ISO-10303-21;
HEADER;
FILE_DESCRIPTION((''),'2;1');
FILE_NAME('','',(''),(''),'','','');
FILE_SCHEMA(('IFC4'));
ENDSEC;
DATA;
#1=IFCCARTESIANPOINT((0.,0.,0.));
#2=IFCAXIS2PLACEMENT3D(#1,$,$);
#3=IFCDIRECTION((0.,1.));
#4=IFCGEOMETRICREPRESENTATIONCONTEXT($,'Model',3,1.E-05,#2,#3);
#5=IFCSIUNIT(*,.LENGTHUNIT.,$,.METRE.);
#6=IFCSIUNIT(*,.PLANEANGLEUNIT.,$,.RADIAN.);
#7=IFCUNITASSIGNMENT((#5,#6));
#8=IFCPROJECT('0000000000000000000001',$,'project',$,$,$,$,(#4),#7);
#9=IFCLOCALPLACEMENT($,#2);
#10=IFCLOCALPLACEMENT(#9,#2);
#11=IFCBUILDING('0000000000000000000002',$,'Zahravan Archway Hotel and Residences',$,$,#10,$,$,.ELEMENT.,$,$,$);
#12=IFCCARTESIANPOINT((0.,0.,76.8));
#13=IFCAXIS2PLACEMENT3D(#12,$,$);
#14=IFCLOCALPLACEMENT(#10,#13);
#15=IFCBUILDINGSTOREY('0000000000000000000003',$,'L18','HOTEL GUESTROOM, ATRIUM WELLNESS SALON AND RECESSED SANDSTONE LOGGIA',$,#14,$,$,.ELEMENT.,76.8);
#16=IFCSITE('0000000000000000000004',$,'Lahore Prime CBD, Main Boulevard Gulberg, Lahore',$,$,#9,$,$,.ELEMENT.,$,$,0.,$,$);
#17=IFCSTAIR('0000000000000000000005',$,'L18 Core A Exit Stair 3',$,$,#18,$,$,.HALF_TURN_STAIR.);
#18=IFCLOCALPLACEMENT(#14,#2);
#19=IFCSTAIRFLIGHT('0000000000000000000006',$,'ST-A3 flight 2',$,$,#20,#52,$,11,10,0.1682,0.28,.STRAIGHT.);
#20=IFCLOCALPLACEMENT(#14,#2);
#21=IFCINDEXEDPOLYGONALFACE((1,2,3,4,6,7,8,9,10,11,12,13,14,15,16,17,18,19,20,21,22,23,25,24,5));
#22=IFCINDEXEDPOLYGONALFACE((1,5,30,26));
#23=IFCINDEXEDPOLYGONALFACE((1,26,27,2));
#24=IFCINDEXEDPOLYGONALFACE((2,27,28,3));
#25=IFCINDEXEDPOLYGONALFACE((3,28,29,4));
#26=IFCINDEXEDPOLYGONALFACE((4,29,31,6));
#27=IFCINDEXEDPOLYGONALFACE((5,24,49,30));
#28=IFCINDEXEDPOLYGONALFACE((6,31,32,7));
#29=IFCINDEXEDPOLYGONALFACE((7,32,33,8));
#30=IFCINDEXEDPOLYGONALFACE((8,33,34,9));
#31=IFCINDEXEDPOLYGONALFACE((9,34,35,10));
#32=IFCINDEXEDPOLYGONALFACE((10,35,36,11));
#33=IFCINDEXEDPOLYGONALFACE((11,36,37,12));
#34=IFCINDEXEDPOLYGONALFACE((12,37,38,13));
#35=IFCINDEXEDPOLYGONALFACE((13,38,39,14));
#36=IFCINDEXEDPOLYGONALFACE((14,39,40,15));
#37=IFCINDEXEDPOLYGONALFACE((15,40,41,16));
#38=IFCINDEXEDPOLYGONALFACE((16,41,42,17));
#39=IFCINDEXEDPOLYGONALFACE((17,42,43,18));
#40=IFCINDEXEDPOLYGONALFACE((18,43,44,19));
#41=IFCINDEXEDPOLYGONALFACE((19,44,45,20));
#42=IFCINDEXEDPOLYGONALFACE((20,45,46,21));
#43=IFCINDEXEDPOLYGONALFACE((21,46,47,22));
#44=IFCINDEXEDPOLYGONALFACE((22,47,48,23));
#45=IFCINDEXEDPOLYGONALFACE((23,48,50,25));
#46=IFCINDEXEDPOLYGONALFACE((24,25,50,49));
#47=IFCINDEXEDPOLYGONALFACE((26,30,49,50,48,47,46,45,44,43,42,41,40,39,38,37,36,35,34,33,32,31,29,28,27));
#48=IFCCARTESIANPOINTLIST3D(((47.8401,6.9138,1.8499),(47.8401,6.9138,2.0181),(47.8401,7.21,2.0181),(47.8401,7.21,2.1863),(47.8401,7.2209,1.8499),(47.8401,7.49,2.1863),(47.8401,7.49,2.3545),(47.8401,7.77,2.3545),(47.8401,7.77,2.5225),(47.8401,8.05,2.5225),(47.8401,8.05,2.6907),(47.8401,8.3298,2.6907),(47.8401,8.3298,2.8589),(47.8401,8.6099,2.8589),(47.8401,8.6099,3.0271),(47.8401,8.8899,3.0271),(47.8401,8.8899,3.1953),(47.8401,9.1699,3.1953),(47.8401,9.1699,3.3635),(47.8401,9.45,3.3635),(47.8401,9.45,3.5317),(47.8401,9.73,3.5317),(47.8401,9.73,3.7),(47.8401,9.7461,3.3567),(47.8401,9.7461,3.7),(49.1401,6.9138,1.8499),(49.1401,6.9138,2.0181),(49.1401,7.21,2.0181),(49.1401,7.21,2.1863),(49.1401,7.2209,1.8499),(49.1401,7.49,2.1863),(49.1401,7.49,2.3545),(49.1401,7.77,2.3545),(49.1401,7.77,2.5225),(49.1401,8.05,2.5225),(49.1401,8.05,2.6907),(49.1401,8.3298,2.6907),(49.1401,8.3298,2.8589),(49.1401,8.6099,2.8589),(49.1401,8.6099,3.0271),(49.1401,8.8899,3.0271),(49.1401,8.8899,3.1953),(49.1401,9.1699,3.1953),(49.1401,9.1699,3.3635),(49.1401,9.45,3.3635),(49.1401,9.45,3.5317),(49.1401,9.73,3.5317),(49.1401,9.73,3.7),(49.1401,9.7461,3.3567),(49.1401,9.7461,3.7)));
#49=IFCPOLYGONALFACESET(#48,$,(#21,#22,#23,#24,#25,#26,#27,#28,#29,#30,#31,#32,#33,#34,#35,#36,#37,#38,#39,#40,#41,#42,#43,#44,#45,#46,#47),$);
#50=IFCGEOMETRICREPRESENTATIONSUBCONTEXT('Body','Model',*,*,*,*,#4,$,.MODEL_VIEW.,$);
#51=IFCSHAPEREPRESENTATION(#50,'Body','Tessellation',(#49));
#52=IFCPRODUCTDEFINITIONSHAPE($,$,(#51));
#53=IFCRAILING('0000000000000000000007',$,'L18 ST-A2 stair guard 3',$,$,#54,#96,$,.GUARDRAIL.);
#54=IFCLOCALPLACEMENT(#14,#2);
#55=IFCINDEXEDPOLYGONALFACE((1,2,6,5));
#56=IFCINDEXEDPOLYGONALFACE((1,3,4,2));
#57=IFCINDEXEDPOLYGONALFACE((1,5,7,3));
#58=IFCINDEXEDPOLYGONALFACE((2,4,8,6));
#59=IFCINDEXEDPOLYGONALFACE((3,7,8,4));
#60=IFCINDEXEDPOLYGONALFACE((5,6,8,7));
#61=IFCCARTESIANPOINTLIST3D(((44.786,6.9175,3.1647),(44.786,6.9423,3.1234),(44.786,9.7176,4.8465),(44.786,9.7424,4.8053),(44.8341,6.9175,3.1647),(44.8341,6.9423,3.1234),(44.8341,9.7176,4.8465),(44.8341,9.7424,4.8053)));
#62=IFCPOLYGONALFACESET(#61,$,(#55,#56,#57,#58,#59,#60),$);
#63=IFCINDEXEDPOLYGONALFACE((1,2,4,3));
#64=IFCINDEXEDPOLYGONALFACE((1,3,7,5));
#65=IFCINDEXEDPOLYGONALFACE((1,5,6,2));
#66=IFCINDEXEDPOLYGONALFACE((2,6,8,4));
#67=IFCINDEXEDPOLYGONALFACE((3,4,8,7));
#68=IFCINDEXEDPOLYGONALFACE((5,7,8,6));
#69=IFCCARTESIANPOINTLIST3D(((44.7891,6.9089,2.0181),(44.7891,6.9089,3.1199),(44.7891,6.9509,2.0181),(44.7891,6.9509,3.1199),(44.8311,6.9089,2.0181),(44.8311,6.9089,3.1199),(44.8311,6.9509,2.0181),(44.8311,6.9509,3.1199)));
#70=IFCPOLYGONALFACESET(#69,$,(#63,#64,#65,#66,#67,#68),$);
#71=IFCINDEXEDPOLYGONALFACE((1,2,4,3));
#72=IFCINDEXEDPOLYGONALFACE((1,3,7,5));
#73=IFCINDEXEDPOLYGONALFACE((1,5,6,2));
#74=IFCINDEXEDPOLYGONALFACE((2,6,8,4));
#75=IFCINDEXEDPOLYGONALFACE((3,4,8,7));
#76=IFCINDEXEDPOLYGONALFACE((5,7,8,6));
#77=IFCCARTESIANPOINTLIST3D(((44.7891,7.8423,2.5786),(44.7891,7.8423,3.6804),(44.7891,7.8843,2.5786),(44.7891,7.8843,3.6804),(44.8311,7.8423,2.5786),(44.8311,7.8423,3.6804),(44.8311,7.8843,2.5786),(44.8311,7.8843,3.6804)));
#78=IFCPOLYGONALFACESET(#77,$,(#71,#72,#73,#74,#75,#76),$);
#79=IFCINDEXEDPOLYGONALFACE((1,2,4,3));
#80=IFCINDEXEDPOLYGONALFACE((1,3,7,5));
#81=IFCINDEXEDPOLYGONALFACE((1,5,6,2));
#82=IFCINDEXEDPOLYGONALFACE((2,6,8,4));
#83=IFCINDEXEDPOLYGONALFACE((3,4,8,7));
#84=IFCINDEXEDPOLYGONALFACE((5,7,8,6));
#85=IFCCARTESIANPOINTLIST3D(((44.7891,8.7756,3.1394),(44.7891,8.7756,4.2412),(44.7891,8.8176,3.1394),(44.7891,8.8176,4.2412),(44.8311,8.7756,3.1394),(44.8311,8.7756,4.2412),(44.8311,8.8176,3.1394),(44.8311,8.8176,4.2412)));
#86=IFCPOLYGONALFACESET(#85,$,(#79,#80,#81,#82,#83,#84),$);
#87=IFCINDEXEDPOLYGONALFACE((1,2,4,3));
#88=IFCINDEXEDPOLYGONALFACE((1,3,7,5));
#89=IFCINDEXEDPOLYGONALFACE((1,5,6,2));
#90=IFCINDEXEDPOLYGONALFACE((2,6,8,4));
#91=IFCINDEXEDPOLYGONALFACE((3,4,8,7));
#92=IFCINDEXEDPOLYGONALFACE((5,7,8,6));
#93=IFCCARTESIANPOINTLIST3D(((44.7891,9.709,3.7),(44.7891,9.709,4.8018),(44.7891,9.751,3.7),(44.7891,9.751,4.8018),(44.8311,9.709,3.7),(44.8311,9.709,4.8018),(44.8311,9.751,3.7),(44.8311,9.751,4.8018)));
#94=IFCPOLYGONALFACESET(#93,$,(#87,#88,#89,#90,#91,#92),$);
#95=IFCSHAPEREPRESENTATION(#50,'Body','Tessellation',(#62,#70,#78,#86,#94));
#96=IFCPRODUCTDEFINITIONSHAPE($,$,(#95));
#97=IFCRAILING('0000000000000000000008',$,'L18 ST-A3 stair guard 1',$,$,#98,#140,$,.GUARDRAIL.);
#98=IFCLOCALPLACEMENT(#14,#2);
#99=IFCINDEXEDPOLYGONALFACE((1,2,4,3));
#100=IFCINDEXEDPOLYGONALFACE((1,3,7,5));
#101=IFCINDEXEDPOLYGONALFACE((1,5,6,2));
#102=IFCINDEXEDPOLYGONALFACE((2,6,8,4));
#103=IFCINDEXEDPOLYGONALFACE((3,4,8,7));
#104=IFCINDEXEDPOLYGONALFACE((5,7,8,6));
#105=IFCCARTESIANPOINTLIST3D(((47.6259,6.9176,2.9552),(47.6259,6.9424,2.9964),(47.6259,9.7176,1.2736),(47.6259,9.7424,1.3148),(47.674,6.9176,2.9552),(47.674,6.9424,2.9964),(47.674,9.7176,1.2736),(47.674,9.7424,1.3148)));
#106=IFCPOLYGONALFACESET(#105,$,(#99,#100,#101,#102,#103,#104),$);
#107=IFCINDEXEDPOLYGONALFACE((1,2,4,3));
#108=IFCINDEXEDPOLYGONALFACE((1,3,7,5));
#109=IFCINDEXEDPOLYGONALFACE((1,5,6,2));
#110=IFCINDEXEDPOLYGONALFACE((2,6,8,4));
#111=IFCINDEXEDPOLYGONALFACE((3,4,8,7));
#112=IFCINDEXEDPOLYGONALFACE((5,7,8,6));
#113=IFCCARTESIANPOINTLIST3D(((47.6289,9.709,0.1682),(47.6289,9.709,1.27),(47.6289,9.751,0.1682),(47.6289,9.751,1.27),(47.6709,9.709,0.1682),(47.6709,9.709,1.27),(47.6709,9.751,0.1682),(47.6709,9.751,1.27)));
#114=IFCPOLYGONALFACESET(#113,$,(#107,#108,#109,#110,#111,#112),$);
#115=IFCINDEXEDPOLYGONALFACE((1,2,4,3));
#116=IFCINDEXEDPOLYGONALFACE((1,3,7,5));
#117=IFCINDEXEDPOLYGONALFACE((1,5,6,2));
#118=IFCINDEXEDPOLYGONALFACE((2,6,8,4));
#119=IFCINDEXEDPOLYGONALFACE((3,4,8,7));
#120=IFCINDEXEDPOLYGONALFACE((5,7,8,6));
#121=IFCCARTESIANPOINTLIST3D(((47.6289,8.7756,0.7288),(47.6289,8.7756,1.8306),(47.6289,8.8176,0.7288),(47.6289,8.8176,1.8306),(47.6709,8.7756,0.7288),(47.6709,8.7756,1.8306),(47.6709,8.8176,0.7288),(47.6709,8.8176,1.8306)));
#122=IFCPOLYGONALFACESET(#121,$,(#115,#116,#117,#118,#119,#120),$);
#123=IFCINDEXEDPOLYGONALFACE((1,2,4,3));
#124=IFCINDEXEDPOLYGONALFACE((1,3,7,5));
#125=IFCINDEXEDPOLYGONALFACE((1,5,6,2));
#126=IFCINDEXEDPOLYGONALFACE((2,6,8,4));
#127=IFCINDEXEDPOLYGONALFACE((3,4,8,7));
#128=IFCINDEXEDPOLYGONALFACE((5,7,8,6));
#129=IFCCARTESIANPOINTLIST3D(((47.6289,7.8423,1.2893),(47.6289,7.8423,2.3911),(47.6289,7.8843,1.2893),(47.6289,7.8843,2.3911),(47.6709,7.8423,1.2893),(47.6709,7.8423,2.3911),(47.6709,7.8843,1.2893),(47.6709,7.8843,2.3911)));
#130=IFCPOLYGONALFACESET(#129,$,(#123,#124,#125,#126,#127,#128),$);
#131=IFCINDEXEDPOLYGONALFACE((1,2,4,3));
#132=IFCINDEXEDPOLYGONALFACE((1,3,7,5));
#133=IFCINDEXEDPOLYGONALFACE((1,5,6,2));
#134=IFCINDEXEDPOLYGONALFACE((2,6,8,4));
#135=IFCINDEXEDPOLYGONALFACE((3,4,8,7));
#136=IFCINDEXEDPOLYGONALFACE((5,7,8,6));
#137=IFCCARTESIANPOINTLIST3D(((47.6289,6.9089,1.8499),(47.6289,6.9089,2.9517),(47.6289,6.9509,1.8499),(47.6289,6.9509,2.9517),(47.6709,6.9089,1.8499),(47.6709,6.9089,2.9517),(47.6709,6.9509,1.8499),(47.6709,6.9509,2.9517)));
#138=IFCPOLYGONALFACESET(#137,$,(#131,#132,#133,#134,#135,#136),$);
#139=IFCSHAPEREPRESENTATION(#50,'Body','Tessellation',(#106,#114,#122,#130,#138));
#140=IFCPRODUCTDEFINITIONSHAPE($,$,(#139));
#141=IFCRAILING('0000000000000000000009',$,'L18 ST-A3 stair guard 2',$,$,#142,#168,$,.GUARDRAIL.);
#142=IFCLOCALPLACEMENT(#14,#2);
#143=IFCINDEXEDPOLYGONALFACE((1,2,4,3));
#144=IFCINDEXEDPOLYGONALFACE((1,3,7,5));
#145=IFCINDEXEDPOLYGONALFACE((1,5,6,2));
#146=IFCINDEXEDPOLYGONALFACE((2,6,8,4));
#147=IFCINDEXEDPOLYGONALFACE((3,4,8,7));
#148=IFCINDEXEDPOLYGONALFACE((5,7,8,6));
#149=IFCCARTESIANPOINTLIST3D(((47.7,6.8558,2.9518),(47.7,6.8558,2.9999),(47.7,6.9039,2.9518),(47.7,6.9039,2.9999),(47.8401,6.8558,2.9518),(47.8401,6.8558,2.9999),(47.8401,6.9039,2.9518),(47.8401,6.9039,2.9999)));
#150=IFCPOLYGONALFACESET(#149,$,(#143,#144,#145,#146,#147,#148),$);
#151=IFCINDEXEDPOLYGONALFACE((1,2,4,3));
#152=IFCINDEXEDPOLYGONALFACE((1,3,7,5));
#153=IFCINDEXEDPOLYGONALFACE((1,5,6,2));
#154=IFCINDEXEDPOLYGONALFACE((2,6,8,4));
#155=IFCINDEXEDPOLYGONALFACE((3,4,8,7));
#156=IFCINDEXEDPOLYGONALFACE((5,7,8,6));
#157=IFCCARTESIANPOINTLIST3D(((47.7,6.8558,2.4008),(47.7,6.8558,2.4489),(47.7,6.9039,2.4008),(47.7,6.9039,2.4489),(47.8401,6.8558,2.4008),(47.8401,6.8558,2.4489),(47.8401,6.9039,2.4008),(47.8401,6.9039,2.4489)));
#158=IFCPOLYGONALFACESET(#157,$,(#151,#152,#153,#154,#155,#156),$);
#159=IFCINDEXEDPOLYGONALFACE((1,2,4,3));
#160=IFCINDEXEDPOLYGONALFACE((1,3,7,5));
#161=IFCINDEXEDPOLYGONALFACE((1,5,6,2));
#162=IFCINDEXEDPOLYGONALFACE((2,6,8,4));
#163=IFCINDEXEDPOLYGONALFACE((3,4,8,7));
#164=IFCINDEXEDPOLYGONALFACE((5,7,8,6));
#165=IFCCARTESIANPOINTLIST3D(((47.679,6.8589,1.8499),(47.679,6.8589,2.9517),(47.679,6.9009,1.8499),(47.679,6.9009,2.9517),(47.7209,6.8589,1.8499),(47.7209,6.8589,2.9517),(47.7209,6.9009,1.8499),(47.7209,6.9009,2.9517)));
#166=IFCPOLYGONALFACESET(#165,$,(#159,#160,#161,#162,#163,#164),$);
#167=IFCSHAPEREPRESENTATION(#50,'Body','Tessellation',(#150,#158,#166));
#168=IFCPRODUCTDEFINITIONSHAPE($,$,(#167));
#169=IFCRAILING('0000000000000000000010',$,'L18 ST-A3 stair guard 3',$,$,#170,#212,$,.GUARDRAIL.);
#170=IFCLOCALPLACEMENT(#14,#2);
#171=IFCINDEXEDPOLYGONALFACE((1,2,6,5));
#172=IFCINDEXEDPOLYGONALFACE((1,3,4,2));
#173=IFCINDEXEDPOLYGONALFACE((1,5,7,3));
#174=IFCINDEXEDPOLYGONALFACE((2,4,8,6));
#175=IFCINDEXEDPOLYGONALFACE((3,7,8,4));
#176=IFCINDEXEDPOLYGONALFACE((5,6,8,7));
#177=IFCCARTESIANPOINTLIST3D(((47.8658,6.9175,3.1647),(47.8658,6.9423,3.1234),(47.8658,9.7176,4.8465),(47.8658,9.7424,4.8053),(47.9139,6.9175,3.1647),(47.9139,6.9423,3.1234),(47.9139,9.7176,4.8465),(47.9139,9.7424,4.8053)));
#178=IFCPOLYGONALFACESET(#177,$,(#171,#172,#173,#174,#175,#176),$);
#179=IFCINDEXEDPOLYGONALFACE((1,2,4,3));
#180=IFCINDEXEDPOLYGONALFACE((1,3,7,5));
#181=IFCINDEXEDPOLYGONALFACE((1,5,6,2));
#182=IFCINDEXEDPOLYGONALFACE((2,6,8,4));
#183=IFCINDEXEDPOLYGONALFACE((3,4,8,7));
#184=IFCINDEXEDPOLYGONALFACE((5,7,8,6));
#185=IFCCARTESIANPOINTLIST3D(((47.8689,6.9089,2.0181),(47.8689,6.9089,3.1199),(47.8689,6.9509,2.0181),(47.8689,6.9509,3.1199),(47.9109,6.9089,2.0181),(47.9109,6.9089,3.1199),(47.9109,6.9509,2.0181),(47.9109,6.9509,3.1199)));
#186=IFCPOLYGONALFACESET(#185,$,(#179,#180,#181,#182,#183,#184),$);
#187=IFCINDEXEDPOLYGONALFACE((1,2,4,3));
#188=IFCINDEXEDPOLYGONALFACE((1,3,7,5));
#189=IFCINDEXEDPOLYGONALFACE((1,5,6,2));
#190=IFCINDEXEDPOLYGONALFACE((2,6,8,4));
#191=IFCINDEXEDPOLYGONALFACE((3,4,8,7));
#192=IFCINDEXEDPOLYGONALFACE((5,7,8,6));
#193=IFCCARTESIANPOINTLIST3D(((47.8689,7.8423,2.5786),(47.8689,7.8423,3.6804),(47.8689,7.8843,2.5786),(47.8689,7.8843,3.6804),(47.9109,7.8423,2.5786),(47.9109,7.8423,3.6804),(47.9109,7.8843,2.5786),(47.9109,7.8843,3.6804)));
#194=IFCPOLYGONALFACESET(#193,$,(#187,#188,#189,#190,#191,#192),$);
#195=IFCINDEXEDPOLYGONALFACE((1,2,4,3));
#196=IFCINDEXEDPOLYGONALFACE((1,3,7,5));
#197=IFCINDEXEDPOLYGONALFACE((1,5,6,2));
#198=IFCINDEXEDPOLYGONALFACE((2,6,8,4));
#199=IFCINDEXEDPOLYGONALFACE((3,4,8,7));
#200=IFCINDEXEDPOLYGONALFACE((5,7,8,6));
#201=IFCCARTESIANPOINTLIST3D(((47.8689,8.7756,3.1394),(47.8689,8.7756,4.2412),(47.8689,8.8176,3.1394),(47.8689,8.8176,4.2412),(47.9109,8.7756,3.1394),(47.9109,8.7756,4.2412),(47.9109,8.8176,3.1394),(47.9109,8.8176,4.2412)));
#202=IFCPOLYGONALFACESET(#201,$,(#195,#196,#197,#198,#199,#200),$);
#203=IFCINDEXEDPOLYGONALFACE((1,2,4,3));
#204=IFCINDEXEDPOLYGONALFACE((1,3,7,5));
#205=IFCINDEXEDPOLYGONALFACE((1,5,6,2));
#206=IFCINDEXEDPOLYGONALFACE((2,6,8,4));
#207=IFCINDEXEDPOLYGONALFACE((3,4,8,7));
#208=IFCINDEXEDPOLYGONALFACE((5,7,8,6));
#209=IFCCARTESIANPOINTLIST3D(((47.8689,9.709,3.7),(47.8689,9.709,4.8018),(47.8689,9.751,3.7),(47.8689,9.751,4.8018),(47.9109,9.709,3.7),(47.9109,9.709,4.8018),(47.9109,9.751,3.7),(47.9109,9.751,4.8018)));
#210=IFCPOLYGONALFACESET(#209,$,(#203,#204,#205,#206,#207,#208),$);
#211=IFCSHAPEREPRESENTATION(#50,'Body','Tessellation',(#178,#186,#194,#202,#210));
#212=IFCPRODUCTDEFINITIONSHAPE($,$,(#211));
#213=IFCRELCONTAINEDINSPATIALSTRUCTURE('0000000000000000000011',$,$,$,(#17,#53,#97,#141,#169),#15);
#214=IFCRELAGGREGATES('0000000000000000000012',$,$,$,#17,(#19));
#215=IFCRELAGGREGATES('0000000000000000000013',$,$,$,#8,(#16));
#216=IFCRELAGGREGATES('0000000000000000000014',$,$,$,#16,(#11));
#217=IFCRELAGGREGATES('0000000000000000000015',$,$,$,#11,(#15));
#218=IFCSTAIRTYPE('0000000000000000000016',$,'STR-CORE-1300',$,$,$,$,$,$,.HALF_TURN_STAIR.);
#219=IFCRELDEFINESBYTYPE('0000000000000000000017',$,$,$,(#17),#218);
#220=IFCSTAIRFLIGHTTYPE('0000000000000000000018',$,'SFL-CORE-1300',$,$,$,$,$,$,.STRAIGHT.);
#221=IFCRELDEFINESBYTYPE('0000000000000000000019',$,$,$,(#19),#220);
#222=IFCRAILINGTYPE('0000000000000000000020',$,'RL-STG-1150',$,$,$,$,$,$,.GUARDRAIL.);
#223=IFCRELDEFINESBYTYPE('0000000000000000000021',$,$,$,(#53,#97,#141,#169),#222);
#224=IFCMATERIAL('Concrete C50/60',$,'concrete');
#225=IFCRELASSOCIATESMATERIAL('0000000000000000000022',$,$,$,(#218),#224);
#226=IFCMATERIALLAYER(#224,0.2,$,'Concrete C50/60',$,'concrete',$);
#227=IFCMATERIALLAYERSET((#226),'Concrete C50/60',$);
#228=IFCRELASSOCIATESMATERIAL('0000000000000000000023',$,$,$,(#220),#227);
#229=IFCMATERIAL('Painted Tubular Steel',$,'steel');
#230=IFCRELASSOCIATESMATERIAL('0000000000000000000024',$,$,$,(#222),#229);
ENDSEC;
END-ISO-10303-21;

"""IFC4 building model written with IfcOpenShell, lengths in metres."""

from ifc_helpers import new_model, si_unit, direction, frame, origin, origin_2d, place, context, subcontext, project, spatial, polyline, rectangle, outline, extrude, source, transform, mapped, material, layer, layer_set, type_object, element, aggregate, save


model = new_model("IFC4")

# Units and contexts
model_context = context("Model", 3, precision=1e-05, world=origin(), true_north=direction((0.0, 1.0)))
body_context = subcontext(model_context, "Body", "Model", "MODEL_VIEW")
ifc_project = project(units=[si_unit("LENGTHUNIT", "METRE"), si_unit("PLANEANGLEUNIT", "RADIAN")], contexts=[model_context])

# Site, building, storey
site_placement = place(None, origin())
site = spatial("IfcSite", under=ifc_project, at=site_placement, Name="Lahore Prime CBD, Main Boulevard Gulberg, Lahore", CompositionType="ELEMENT", RefElevation=0.0)
building_placement = place(site_placement, origin())
building = spatial("IfcBuilding", under=site, at=building_placement, Name="Zahravan Archway Hotel and Residences", CompositionType="ELEMENT")
storey_placement = place(building_placement, frame((0.0, 0.0, 76.8)))
storey = spatial("IfcBuildingStorey", under=building, at=storey_placement, Name="L18", Description="HOTEL GUESTROOM, ATRIUM WELLNESS SALON AND RECESSED SANDSTONE LOGGIA", CompositionType="ELEMENT", Elevation=76.8)

# Shared definitions
ifc_material_1 = material(Name="Concrete C50/60", Category="concrete")

# Shared definitions
stair_type = type_object("IfcStairType", Name="STR-CORE-1300", PredefinedType="HALF_TURN_STAIR", material=ifc_material_1)
ifc_layer_1 = layer(ifc_material_1, 0.2, Name="Concrete C50/60", Category="concrete")
ifc_layer_set_1 = layer_set([ifc_layer_1], Name="Concrete C50/60")
stair_flight_type = type_object("IfcStairFlightType", Name="SFL-CORE-1300", PredefinedType="STRAIGHT", material=ifc_layer_set_1)
shared_shape_1 = source(origin(), body_context, "Body", "SweptSolid", [
    extrude(outline(polyline([(-0.0161, 0.0), (-0.0161, 0.1682), (0.28, 0.1682), (0.28, 0.3364), (0.5601, 0.3364), (0.5601, 0.5046), (0.8401, 0.5046), (0.8401, 0.6726), (1.1201, 0.6726), (1.1201, 0.8408), (1.3999, 0.8408), (1.3999, 1.009), (1.6799, 1.009), (1.6799, 1.1772), (1.96, 1.1772), (1.96, 1.3455), (2.24, 1.3455), (2.24, 1.5137), (2.52, 1.5137), (2.52, 1.6819), (2.8, 1.6819), (2.8, 1.8501), (2.8162, 1.8501), (2.8162, 1.5068), (0.291, 0.0), (-0.0161, 0.0)])), frame((0.0, 0.6499, 0.0), z_axis=(0.0, -1.0, 0.0), x_axis=(1.0, 0.0, 0.0)), (0.0, 0.0, 1.0), 1.3),
])

# Stair, stair flight
stair_1_placement = place(storey_placement, origin())
stair_1 = element("IfcStair", 1, at=stair_1_placement, inside=storey, type_object=stair_type, Name="L18 Core A Exit Stair 3", PredefinedType="HALF_TURN_STAIR")
stair_flight_1_placement = place(storey_placement, frame((48.49, 6.9299, 1.8499), z_axis=(0.0, 0.0, 1.0), x_axis=(0.0, 1.0, 0.0)))
stair_flight_1 = element("IfcStairFlight", 2, at=stair_flight_1_placement, type_object=stair_flight_type, Name="ST-A3 flight 2", NumberOfRisers=11, NumberOfTreads=10, PredefinedType="STRAIGHT", RiserHeight=0.1682, TreadLength=0.28, context=body_context, shape_type="MappedRepresentation", body=[
    mapped(shared_shape_1, transform((0.0, 0.0, 0.0), scale=1.0)),
])
aggregate(stair_1, [stair_flight_1])

# Railings
ifc_material_2 = material(Name="Painted Tubular Steel", Category="steel")
railing_type_1 = type_object("IfcRailingType", Name="RL-STG-1150", PredefinedType="GUARDRAIL", material=ifc_material_2)
railing_1_placement = place(storey_placement, frame((44.8101, 6.9299, 2.0181)))
element("IfcRailing", 3, at=railing_1_placement, inside=storey, type_object=railing_type_1, Name="L18 ST-A2 stair guard 3", PredefinedType="GUARDRAIL", context=body_context, shape_type="SweptSolid", body=[
    extrude(rectangle(XDim=0.0481, YDim=0.0481, at=origin_2d()), frame((0.0, 0.0, 1.126), z_axis=(0.0, 0.857242, 0.514913), x_axis=(-1.0, 0.0, 0.0)), (0.0, 0.0, 1.0), 3.2664),
    extrude(rectangle(XDim=0.042, YDim=0.042, at=origin_2d()), origin(), (0.0, 0.0, 1.0), 1.1018),
    extrude(rectangle(XDim=0.042, YDim=0.042, at=origin_2d()), frame((0.0, 0.9333, 0.5605)), (0.0, 0.0, 1.0), 1.1018),
    extrude(rectangle(XDim=0.042, YDim=0.042, at=origin_2d()), frame((0.0, 1.8667, 1.1213)), (0.0, 0.0, 1.0), 1.1018),
    extrude(rectangle(XDim=0.042, YDim=0.042, at=origin_2d()), frame((0.0, 2.8, 1.6819)), (0.0, 0.0, 1.0), 1.1018),
])
railing_2_placement = place(storey_placement, frame((47.6499, 9.73, 0.1682)))
element("IfcRailing", 4, at=railing_2_placement, inside=storey, type_object=railing_type_1, Name="L18 ST-A3 stair guard 1", PredefinedType="GUARDRAIL", context=body_context, shape_type="SweptSolid", body=[
    extrude(rectangle(XDim=0.0481, YDim=0.0481, at=origin_2d()), frame((0.0, 0.0, 1.126), z_axis=(0.0, -0.857275, 0.514858), x_axis=(1.0, 0.0, 0.0)), (0.0, 0.0, 1.0), 3.2661),
    extrude(rectangle(XDim=0.042, YDim=0.042, at=origin_2d()), origin(), (0.0, 0.0, 1.0), 1.1018),
    extrude(rectangle(XDim=0.042, YDim=0.042, at=origin_2d()), frame((0.0, -0.9333, 0.5605)), (0.0, 0.0, 1.0), 1.1018),
    extrude(rectangle(XDim=0.042, YDim=0.042, at=origin_2d()), frame((0.0, -1.8667, 1.1211)), (0.0, 0.0, 1.0), 1.1018),
    extrude(rectangle(XDim=0.042, YDim=0.042, at=origin_2d()), frame((0.0, -2.8, 1.6816)), (0.0, 0.0, 1.0), 1.1018),
])
railing_3_placement = place(storey_placement, frame((47.7, 6.8799, 1.8499)))
element("IfcRailing", 5, at=railing_3_placement, inside=storey, type_object=railing_type_1, Name="L18 ST-A3 stair guard 2", PredefinedType="GUARDRAIL", context=body_context, shape_type="SweptSolid", body=[
    extrude(rectangle(XDim=0.0481, YDim=0.0481, at=origin_2d()), frame((0.0, 0.0, 1.126), z_axis=(1.0, 0.0, 0.0), x_axis=(0.0, 1.0, 0.0)), (0.0, 0.0, 1.0), 0.1401),
    extrude(rectangle(XDim=0.0481, YDim=0.0481, at=origin_2d()), frame((0.0, 0.0, 0.575), z_axis=(1.0, 0.0, 0.0), x_axis=(0.0, 1.0, 0.0)), (0.0, 0.0, 1.0), 0.1401),
    extrude(rectangle(XDim=0.042, YDim=0.042, at=origin_2d()), origin(), (0.0, 0.0, 1.0), 1.1018),
])
railing_4_placement = place(storey_placement, frame((47.8899, 6.9299, 2.0181)))
element("IfcRailing", 6, at=railing_4_placement, inside=storey, type_object=railing_type_1, Name="L18 ST-A3 stair guard 3", PredefinedType="GUARDRAIL", context=body_context, shape_type="SweptSolid", body=[
    extrude(rectangle(XDim=0.0481, YDim=0.0481, at=origin_2d()), frame((0.0, 0.0, 1.126), z_axis=(0.0, 0.857242, 0.514913), x_axis=(-1.0, 0.0, 0.0)), (0.0, 0.0, 1.0), 3.2664),
    extrude(rectangle(XDim=0.042, YDim=0.042, at=origin_2d()), origin(), (0.0, 0.0, 1.0), 1.1018),
    extrude(rectangle(XDim=0.042, YDim=0.042, at=origin_2d()), frame((0.0, 0.9333, 0.5605)), (0.0, 0.0, 1.0), 1.1018),
    extrude(rectangle(XDim=0.042, YDim=0.042, at=origin_2d()), frame((0.0, 1.8667, 1.1213)), (0.0, 0.0, 1.0), 1.1018),
    extrude(rectangle(XDim=0.042, YDim=0.042, at=origin_2d()), frame((0.0, 2.8, 1.6819)), (0.0, 0.0, 1.0), 1.1018),
])

save(model, "model.ifc")
